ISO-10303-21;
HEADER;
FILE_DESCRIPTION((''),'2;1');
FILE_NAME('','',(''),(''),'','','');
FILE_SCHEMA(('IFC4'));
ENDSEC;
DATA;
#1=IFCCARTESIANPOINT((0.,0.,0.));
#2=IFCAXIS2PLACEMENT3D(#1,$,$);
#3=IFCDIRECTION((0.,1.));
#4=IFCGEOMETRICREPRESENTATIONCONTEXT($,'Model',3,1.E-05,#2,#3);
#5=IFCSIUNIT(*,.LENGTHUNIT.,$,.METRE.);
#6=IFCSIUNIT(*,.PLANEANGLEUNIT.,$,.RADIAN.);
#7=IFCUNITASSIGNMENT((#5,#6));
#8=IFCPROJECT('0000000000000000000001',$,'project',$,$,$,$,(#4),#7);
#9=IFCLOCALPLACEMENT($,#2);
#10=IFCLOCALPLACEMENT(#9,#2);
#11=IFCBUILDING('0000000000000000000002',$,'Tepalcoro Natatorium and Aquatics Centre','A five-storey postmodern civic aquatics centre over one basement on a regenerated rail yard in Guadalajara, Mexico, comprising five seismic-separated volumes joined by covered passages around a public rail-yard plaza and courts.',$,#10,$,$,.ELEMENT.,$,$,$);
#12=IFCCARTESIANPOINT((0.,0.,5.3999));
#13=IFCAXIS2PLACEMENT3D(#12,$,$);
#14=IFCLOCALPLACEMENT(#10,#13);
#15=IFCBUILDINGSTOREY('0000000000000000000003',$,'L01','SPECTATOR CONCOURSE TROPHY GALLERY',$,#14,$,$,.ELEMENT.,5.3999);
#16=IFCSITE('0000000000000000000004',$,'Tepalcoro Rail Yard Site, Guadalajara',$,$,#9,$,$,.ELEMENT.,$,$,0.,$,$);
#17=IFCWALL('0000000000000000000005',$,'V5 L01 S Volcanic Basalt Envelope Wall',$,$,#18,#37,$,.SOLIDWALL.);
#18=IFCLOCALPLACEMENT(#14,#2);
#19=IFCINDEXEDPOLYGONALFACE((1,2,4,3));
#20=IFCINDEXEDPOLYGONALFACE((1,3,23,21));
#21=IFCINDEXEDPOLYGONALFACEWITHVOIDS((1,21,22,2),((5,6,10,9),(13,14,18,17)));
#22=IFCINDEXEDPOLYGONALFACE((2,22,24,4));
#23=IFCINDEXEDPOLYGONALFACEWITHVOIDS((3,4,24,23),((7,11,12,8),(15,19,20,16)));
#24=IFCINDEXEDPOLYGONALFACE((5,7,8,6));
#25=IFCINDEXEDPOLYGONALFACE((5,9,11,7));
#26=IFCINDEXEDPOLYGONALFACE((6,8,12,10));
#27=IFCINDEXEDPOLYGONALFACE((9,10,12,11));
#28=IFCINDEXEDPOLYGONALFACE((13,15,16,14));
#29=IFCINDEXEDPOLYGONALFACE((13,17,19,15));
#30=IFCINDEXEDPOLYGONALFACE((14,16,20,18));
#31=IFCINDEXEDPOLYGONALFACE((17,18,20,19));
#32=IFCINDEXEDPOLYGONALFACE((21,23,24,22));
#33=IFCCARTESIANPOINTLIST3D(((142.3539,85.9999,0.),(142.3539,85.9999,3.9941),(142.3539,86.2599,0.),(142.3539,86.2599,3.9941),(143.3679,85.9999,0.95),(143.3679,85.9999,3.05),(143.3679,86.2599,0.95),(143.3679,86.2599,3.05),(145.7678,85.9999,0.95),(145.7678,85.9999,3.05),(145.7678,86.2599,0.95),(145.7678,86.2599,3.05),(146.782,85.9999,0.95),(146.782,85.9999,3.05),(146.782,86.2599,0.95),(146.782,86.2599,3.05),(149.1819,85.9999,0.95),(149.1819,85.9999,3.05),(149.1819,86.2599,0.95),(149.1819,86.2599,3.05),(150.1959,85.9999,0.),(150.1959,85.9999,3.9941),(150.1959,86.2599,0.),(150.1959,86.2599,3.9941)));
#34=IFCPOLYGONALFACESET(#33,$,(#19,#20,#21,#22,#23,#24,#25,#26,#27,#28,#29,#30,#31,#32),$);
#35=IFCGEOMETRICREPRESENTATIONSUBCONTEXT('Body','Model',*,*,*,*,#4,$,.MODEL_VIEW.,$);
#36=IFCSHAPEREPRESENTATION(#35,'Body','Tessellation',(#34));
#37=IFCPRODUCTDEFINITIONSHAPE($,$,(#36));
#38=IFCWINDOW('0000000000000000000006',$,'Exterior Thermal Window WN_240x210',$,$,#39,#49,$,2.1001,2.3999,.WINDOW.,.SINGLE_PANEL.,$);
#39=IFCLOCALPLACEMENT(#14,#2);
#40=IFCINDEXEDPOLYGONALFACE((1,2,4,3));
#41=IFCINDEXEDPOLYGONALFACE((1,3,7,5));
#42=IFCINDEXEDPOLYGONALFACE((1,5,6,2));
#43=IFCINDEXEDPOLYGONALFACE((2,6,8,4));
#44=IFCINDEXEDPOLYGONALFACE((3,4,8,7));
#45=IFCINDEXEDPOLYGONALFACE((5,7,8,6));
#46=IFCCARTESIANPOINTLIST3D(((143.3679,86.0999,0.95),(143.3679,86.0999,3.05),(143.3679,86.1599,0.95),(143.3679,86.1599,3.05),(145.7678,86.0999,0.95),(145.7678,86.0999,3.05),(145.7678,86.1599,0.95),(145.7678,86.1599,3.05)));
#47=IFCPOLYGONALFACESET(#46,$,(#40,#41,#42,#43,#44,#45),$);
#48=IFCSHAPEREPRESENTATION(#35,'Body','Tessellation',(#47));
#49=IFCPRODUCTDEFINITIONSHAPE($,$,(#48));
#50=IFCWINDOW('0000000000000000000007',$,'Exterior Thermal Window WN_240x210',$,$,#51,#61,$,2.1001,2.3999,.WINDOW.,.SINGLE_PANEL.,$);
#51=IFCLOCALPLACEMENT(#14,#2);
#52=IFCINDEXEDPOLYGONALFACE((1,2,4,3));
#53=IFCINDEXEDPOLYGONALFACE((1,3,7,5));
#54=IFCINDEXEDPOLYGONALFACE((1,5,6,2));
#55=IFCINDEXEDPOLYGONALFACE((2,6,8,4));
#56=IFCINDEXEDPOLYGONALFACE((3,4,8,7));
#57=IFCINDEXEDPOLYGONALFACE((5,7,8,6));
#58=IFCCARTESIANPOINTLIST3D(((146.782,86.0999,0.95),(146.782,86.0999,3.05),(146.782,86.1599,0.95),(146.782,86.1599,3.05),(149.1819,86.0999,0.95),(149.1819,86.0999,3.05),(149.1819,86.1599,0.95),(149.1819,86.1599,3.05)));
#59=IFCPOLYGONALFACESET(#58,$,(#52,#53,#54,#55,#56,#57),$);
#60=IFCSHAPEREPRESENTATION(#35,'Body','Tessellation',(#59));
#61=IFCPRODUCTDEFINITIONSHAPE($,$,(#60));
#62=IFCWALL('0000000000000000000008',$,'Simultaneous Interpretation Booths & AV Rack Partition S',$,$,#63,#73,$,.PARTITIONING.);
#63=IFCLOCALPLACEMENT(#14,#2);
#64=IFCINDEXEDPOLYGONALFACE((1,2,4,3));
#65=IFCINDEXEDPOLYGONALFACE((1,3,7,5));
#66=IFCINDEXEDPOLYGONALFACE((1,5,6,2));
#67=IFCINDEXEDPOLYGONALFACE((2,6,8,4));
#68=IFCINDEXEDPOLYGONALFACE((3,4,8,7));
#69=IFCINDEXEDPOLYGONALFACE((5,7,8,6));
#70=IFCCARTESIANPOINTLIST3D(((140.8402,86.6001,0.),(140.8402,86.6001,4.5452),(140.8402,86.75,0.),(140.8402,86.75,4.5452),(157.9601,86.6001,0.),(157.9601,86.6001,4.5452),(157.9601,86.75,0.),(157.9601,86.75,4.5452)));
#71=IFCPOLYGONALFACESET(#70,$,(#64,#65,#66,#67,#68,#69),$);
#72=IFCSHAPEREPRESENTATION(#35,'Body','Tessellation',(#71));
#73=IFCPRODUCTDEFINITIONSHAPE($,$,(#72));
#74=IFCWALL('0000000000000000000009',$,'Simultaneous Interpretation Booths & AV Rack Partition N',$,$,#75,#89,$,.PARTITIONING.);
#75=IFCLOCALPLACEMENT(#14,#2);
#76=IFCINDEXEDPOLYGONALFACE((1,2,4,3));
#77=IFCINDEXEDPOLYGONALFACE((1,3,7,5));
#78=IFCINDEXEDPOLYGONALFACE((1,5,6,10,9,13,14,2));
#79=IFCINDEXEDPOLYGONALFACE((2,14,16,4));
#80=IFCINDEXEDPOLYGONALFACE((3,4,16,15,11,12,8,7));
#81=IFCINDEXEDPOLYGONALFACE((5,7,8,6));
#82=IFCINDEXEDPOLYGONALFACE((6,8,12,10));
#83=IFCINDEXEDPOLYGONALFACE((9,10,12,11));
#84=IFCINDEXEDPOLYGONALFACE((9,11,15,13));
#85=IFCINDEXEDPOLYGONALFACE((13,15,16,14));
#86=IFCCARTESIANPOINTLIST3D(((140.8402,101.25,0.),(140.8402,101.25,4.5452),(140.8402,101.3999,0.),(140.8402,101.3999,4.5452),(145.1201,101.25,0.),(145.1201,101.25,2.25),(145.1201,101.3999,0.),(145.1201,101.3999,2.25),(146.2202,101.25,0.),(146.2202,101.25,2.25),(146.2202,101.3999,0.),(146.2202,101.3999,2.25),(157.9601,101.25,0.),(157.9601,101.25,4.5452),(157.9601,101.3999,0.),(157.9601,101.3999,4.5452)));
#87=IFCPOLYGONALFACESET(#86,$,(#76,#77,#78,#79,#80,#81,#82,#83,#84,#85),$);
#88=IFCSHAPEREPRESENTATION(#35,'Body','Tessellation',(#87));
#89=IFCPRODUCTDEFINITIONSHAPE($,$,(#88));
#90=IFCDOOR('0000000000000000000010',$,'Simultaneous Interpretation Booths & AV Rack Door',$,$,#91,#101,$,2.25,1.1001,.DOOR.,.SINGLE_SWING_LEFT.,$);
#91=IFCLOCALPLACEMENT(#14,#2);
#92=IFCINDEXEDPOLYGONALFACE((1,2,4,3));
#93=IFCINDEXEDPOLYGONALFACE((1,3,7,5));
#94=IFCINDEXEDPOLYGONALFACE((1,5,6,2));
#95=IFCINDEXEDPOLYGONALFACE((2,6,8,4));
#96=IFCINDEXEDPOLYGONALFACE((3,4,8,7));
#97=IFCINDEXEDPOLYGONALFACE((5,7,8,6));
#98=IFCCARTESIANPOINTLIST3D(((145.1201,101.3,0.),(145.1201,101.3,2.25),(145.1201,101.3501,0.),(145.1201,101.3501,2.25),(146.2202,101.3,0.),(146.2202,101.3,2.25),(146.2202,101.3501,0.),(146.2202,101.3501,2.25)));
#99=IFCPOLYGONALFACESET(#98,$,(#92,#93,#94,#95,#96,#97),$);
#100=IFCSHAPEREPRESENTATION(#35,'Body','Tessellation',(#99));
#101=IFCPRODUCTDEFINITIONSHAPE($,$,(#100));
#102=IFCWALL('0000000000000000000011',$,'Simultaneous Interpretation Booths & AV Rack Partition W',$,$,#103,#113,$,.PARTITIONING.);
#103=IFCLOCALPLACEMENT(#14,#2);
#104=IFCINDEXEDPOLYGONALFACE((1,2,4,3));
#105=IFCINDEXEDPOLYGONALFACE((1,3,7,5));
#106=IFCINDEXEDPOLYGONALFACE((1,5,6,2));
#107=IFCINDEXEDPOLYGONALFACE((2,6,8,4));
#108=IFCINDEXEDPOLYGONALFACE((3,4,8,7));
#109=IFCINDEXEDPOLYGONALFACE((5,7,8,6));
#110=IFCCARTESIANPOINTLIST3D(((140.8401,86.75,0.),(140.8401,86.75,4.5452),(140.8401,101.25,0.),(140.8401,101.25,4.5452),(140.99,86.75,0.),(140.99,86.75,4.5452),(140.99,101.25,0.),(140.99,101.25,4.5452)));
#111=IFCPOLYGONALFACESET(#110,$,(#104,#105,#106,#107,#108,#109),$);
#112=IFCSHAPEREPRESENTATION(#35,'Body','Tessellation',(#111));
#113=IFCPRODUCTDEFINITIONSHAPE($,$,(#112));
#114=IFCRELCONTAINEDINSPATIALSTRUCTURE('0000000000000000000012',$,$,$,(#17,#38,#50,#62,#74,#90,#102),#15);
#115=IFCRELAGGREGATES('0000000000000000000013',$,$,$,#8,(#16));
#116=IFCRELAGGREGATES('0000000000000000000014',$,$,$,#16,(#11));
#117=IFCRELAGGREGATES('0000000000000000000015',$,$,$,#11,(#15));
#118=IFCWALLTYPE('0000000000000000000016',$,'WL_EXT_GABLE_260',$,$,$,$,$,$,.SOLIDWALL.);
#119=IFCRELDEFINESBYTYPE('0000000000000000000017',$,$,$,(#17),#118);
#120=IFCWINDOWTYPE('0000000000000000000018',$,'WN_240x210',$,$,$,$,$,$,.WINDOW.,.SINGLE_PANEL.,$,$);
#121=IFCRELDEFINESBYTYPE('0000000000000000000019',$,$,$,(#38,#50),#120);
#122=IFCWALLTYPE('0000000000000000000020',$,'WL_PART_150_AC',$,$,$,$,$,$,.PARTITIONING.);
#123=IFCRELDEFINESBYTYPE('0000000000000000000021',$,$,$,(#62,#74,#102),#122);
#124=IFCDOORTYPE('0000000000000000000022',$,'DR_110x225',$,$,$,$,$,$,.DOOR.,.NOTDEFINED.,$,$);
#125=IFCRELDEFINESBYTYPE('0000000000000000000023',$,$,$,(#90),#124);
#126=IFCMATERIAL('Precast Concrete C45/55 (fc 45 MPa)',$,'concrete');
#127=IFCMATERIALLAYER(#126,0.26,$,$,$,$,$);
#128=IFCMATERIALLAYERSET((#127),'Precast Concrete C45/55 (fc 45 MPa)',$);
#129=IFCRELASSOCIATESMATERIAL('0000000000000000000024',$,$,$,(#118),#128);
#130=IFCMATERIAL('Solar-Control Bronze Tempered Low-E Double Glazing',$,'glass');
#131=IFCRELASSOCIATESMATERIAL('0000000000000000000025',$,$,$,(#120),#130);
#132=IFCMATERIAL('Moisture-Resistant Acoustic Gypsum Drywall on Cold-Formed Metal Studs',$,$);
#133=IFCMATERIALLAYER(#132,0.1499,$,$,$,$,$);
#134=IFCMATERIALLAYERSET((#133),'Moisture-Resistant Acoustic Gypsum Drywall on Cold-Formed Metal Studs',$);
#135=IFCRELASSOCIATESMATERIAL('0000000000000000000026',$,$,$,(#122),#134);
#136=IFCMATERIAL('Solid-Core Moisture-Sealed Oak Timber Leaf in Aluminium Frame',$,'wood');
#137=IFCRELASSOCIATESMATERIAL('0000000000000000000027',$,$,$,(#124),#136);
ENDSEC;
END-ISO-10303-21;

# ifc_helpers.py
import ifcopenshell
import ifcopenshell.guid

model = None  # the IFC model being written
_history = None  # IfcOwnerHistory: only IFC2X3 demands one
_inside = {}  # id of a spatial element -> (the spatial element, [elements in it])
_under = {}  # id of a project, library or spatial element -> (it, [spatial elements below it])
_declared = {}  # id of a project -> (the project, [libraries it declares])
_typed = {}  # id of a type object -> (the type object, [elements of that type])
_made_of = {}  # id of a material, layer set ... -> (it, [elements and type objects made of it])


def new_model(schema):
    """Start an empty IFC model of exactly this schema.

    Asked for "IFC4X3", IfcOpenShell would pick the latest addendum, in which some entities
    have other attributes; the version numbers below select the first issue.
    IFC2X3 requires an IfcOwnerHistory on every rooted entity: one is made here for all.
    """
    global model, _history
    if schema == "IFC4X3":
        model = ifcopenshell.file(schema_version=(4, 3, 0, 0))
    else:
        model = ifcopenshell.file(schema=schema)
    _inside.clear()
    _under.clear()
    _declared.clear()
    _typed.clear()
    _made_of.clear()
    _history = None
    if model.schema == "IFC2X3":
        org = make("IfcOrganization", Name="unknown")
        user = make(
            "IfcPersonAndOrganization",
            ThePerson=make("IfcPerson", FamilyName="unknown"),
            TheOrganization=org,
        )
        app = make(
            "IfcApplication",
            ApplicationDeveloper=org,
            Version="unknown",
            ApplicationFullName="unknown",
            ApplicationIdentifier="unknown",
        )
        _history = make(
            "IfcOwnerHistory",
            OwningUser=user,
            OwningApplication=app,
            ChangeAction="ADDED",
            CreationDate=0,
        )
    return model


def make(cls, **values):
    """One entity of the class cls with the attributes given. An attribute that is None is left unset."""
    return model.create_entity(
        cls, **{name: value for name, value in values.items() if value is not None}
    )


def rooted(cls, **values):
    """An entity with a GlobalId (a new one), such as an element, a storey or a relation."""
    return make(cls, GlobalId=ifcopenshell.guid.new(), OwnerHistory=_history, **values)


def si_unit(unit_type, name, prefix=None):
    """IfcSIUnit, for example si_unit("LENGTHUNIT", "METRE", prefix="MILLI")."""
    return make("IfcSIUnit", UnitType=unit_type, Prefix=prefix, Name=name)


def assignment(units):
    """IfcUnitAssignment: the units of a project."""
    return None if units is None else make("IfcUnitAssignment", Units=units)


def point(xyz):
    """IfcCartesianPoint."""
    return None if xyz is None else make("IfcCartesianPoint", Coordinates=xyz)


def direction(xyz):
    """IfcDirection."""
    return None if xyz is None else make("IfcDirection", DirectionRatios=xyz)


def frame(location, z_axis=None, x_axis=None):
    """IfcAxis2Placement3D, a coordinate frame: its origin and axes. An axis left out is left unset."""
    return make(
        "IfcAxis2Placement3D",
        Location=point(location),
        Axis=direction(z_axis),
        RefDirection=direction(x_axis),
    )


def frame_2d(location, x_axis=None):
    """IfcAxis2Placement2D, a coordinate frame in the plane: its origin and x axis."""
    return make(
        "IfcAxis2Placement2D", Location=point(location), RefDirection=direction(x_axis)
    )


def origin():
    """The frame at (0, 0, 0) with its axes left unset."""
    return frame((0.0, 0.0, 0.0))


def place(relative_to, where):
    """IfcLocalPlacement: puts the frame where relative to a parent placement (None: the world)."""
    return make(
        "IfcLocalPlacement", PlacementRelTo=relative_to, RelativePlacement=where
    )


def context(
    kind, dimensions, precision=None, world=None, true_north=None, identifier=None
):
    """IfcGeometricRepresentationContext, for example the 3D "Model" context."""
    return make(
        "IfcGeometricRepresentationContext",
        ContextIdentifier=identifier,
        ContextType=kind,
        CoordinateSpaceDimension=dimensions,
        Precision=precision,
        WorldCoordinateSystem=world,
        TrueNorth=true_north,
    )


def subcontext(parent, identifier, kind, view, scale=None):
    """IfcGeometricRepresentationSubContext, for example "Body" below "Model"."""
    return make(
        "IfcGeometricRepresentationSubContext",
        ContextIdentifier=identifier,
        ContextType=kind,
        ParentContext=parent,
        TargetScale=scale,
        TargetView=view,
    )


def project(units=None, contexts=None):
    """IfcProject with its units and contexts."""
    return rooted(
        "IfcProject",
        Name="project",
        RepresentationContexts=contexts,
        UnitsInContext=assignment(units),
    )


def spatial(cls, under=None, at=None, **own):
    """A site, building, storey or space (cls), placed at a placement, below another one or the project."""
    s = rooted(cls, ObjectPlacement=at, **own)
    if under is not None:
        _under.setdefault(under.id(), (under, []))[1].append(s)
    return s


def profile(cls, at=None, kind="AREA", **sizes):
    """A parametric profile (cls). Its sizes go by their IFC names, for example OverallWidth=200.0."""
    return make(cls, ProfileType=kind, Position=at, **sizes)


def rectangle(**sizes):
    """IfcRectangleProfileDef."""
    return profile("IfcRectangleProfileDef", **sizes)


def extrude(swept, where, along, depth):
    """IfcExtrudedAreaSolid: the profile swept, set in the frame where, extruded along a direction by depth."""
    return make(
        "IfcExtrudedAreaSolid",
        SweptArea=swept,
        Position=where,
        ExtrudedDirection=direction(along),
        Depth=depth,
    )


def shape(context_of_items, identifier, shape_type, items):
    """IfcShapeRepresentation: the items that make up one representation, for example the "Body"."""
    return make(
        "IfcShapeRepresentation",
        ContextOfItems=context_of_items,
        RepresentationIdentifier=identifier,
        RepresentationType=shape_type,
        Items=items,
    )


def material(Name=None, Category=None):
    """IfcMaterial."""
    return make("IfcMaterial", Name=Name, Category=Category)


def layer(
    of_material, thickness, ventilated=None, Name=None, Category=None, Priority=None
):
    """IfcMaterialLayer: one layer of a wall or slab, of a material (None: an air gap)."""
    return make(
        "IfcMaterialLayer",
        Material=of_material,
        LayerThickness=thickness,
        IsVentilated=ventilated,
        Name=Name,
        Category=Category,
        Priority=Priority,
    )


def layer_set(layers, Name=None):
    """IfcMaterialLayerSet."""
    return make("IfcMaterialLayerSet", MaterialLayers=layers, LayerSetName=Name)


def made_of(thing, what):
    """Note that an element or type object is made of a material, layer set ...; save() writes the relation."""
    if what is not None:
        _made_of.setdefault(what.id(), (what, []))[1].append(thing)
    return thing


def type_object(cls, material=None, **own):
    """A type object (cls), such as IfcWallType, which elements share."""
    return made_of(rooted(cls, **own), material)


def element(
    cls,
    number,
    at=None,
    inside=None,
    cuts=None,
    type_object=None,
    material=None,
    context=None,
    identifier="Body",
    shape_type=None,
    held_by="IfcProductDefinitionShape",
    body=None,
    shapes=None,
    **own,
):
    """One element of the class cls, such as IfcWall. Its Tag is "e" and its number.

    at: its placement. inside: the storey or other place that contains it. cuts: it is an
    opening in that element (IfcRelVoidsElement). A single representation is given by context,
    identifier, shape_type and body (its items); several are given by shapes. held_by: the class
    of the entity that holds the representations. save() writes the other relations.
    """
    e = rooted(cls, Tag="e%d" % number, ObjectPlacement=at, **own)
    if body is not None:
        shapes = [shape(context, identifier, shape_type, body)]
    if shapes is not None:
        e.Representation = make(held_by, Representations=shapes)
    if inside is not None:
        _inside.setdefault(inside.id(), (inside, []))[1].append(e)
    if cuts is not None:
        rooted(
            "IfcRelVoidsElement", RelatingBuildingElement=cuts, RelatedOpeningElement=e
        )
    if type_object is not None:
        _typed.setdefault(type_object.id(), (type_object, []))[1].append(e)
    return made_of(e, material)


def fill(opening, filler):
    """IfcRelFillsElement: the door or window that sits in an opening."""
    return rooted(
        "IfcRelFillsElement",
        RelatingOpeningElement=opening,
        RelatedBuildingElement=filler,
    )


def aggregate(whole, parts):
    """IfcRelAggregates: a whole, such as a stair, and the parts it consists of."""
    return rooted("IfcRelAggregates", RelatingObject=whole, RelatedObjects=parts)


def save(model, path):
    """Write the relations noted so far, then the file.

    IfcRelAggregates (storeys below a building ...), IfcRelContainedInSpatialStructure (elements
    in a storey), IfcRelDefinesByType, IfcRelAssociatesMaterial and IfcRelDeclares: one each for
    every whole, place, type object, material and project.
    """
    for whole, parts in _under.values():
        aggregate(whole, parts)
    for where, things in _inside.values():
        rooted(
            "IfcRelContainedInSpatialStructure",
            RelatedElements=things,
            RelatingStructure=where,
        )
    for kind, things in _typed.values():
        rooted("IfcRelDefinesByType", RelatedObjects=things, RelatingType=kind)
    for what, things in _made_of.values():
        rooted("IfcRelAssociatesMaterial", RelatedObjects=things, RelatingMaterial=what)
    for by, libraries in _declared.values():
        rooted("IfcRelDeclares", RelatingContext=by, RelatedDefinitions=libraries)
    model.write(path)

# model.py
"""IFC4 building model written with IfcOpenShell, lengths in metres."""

from ifc_helpers import new_model, si_unit, direction, frame, frame_2d, origin, place, context, subcontext, project, spatial, rectangle, extrude, material, layer, layer_set, type_object, element, fill, save


model = new_model("IFC4")

# Units and contexts
model_context = context("Model", 3, precision=1e-05, world=origin(), true_north=direction((0.0, 1.0)))
body_context = subcontext(model_context, "Body", "Model", "MODEL_VIEW")
ifc_project = project(units=[si_unit("LENGTHUNIT", "METRE"), si_unit("PLANEANGLEUNIT", "RADIAN")], contexts=[model_context])

# Site, building, storey
site_placement = place(None, origin())
site = spatial("IfcSite", under=ifc_project, at=site_placement, Name="Tepalcoro Rail Yard Site, Guadalajara", CompositionType="ELEMENT", RefElevation=0.0)
building_placement = place(site_placement, origin())
building = spatial("IfcBuilding", under=site, at=building_placement, Name="Tepalcoro Natatorium and Aquatics Centre", Description="A five-storey postmodern civic aquatics centre over one basement on a regenerated rail yard in Guadalajara, Mexico, comprising five seismic-separated volumes joined by covered passages around a public rail-yard plaza and courts.", CompositionType="ELEMENT")
storey_placement = place(building_placement, frame((0.0, 0.0, 5.3999)))
storey = spatial("IfcBuildingStorey", under=building, at=storey_placement, Name="L01", Description="SPECTATOR CONCOURSE TROPHY GALLERY", CompositionType="ELEMENT", Elevation=5.3999)

# Wall, openings, windows
ifc_material_1 = material(Name="Precast Concrete C45/55 (fc 45 MPa)", Category="concrete")
ifc_layer_1 = layer(ifc_material_1, 0.26)
ifc_layer_set_1 = layer_set([ifc_layer_1], Name="Precast Concrete C45/55 (fc 45 MPa)")
wall_type_1 = type_object("IfcWallType", Name="WL_EXT_GABLE_260", PredefinedType="SOLIDWALL", material=ifc_layer_set_1)
wall_1_placement = place(storey_placement, frame((142.354, 86.1299, 0.0), z_axis=(0.0, 0.0, 1.0), x_axis=(1.0, 0.0, 0.0)))
wall_1 = element("IfcWall", 1, at=wall_1_placement, inside=storey, type_object=wall_type_1, Name="V5 L01 S Volcanic Basalt Envelope Wall", PredefinedType="SOLIDWALL", context=body_context, shape_type="SweptSolid", body=[
    extrude(rectangle(XDim=7.842, YDim=0.26, at=frame_2d((3.9209, 0.0))), origin(), (0.0, 0.0, 1.0), 3.9941),
])
opening_1_placement = place(wall_1_placement, frame((1.0139, 0.0, 0.95)))
opening_1 = element("IfcOpeningElement", 2, at=opening_1_placement, cuts=wall_1, PredefinedType="OPENING", context=body_context, shape_type="SweptSolid", body=[
    extrude(rectangle(XDim=2.3999, YDim=2.1001, at=frame_2d((1.2, 1.05))), frame((0.0, 0.1421, 0.0), z_axis=(0.0, -1.0, 0.0), x_axis=(1.0, 0.0, 0.0)), (0.0, 0.0, 1.0), 0.2839),
])
opening_2_placement = place(wall_1_placement, frame((4.428, 0.0, 0.95)))
opening_2 = element("IfcOpeningElement", 3, at=opening_2_placement, cuts=wall_1, PredefinedType="OPENING", context=body_context, shape_type="SweptSolid", body=[
    extrude(rectangle(XDim=2.3999, YDim=2.1001, at=frame_2d((1.2, 1.05))), frame((0.0, 0.1421, 0.0), z_axis=(0.0, -1.0, 0.0), x_axis=(1.0, 0.0, 0.0)), (0.0, 0.0, 1.0), 0.2839),
])
ifc_material_2 = material(Name="Solar-Control Bronze Tempered Low-E Double Glazing", Category="glass")
window_type = type_object("IfcWindowType", Name="WN_240x210", PartitioningType="SINGLE_PANEL", PredefinedType="WINDOW", material=ifc_material_2)
window_1_placement = place(opening_1_placement, origin())
window_1 = element("IfcWindow", 4, at=window_1_placement, inside=storey, type_object=window_type, Name="Exterior Thermal Window WN_240x210", OverallHeight=2.1001, OverallWidth=2.3999, PartitioningType="SINGLE_PANEL", PredefinedType="WINDOW", context=body_context, shape_type="SweptSolid", body=[
    extrude(rectangle(XDim=2.3999, YDim=2.1001, at=frame_2d((1.2, 1.05))), frame((0.0, 0.03, 0.0), z_axis=(0.0, -1.0, 0.0), x_axis=(1.0, 0.0, 0.0)), (0.0, 0.0, 1.0), 0.0601),
])
fill(opening_1, window_1)
window_2_placement = place(opening_2_placement, origin())
window_2 = element("IfcWindow", 5, at=window_2_placement, inside=storey, type_object=window_type, Name="Exterior Thermal Window WN_240x210", OverallHeight=2.1001, OverallWidth=2.3999, PartitioningType="SINGLE_PANEL", PredefinedType="WINDOW", context=body_context, shape_type="SweptSolid", body=[
    extrude(rectangle(XDim=2.3999, YDim=2.1001, at=frame_2d((1.2, 1.05))), frame((0.0, 0.03, 0.0), z_axis=(0.0, -1.0, 0.0), x_axis=(1.0, 0.0, 0.0)), (0.0, 0.0, 1.0), 0.0601),
])
fill(opening_2, window_2)

# Wall
ifc_material_3 = material(Name="Moisture-Resistant Acoustic Gypsum Drywall on Cold-Formed Metal Studs")
ifc_layer_2 = layer(ifc_material_3, 0.1499)
ifc_layer_set_2 = layer_set([ifc_layer_2], Name="Moisture-Resistant Acoustic Gypsum Drywall on Cold-Formed Metal Studs")
wall_type_2 = type_object("IfcWallType", Name="WL_PART_150_AC", PredefinedType="PARTITIONING", material=ifc_layer_set_2)
wall_2_placement = place(storey_placement, frame((140.8401, 86.675, 0.0), z_axis=(0.0, 0.0, 1.0), x_axis=(1.0, 0.0, 0.0)))
element("IfcWall", 6, at=wall_2_placement, inside=storey, type_object=wall_type_2, Name="Simultaneous Interpretation Booths & AV Rack Partition S", PredefinedType="PARTITIONING", context=body_context, shape_type="SweptSolid", body=[
    extrude(rectangle(XDim=17.1199, YDim=0.1499, at=frame_2d((8.5601, 0.0))), origin(), (0.0, 0.0, 1.0), 4.5452),
])

# Wall, opening, door
wall_3_placement = place(storey_placement, frame((140.8401, 101.325, 0.0), z_axis=(0.0, 0.0, 1.0), x_axis=(1.0, 0.0, 0.0)))
wall_3 = element("IfcWall", 7, at=wall_3_placement, inside=storey, type_object=wall_type_2, Name="Simultaneous Interpretation Booths & AV Rack Partition N", PredefinedType="PARTITIONING", context=body_context, shape_type="SweptSolid", body=[
    extrude(rectangle(XDim=17.1199, YDim=0.1499, at=frame_2d((8.5601, 0.0))), origin(), (0.0, 0.0, 1.0), 4.5452),
])
opening_3_placement = place(wall_3_placement, frame((4.28, 0.0, 0.0)))
opening_3 = element("IfcOpeningElement", 8, at=opening_3_placement, cuts=wall_3, PredefinedType="OPENING", context=body_context, shape_type="SweptSolid", body=[
    extrude(rectangle(XDim=1.1001, YDim=2.25, at=frame_2d((0.55, 1.125))), frame((0.0, 0.0869, 0.0), z_axis=(0.0, -1.0, 0.0), x_axis=(1.0, 0.0, 0.0)), (0.0, 0.0, 1.0), 0.1738),
])
ifc_material_4 = material(Name="Solid-Core Moisture-Sealed Oak Timber Leaf in Aluminium Frame", Category="wood")
door_type = type_object("IfcDoorType", Name="DR_110x225", OperationType="NOTDEFINED", PredefinedType="DOOR", material=ifc_material_4)
door_placement = place(opening_3_placement, frame((1.1001, 0.0, 0.0), z_axis=(0.0, 0.0, 1.0), x_axis=(-1.0, 0.0, 0.0)))
door = element("IfcDoor", 9, at=door_placement, inside=storey, type_object=door_type, Name="Simultaneous Interpretation Booths & AV Rack Door", OperationType="SINGLE_SWING_LEFT", OverallHeight=2.25, OverallWidth=1.1001, PredefinedType="DOOR", context=body_context, shape_type="SweptSolid", body=[
    extrude(rectangle(XDim=1.1001, YDim=2.25, at=frame_2d((0.55, 1.125))), frame((0.0, 0.0249, 0.0), z_axis=(0.0, -1.0, 0.0), x_axis=(1.0, 0.0, 0.0)), (0.0, 0.0, 1.0), 0.05),
])
fill(opening_3, door)

# Wall
wall_4_placement = place(storey_placement, frame((140.915, 86.75, 0.0), z_axis=(0.0, 0.0, 1.0), x_axis=(0.0, 1.0, 0.0)))
element("IfcWall", 10, at=wall_4_placement, inside=storey, type_object=wall_type_2, Name="Simultaneous Interpretation Booths & AV Rack Partition W", PredefinedType="PARTITIONING", context=body_context, shape_type="SweptSolid", body=[
    extrude(rectangle(XDim=14.5, YDim=0.1499, at=frame_2d((7.25, 0.0))), origin(), (0.0, 0.0, 1.0), 4.5452),
])

save(model, "model.ifc")
